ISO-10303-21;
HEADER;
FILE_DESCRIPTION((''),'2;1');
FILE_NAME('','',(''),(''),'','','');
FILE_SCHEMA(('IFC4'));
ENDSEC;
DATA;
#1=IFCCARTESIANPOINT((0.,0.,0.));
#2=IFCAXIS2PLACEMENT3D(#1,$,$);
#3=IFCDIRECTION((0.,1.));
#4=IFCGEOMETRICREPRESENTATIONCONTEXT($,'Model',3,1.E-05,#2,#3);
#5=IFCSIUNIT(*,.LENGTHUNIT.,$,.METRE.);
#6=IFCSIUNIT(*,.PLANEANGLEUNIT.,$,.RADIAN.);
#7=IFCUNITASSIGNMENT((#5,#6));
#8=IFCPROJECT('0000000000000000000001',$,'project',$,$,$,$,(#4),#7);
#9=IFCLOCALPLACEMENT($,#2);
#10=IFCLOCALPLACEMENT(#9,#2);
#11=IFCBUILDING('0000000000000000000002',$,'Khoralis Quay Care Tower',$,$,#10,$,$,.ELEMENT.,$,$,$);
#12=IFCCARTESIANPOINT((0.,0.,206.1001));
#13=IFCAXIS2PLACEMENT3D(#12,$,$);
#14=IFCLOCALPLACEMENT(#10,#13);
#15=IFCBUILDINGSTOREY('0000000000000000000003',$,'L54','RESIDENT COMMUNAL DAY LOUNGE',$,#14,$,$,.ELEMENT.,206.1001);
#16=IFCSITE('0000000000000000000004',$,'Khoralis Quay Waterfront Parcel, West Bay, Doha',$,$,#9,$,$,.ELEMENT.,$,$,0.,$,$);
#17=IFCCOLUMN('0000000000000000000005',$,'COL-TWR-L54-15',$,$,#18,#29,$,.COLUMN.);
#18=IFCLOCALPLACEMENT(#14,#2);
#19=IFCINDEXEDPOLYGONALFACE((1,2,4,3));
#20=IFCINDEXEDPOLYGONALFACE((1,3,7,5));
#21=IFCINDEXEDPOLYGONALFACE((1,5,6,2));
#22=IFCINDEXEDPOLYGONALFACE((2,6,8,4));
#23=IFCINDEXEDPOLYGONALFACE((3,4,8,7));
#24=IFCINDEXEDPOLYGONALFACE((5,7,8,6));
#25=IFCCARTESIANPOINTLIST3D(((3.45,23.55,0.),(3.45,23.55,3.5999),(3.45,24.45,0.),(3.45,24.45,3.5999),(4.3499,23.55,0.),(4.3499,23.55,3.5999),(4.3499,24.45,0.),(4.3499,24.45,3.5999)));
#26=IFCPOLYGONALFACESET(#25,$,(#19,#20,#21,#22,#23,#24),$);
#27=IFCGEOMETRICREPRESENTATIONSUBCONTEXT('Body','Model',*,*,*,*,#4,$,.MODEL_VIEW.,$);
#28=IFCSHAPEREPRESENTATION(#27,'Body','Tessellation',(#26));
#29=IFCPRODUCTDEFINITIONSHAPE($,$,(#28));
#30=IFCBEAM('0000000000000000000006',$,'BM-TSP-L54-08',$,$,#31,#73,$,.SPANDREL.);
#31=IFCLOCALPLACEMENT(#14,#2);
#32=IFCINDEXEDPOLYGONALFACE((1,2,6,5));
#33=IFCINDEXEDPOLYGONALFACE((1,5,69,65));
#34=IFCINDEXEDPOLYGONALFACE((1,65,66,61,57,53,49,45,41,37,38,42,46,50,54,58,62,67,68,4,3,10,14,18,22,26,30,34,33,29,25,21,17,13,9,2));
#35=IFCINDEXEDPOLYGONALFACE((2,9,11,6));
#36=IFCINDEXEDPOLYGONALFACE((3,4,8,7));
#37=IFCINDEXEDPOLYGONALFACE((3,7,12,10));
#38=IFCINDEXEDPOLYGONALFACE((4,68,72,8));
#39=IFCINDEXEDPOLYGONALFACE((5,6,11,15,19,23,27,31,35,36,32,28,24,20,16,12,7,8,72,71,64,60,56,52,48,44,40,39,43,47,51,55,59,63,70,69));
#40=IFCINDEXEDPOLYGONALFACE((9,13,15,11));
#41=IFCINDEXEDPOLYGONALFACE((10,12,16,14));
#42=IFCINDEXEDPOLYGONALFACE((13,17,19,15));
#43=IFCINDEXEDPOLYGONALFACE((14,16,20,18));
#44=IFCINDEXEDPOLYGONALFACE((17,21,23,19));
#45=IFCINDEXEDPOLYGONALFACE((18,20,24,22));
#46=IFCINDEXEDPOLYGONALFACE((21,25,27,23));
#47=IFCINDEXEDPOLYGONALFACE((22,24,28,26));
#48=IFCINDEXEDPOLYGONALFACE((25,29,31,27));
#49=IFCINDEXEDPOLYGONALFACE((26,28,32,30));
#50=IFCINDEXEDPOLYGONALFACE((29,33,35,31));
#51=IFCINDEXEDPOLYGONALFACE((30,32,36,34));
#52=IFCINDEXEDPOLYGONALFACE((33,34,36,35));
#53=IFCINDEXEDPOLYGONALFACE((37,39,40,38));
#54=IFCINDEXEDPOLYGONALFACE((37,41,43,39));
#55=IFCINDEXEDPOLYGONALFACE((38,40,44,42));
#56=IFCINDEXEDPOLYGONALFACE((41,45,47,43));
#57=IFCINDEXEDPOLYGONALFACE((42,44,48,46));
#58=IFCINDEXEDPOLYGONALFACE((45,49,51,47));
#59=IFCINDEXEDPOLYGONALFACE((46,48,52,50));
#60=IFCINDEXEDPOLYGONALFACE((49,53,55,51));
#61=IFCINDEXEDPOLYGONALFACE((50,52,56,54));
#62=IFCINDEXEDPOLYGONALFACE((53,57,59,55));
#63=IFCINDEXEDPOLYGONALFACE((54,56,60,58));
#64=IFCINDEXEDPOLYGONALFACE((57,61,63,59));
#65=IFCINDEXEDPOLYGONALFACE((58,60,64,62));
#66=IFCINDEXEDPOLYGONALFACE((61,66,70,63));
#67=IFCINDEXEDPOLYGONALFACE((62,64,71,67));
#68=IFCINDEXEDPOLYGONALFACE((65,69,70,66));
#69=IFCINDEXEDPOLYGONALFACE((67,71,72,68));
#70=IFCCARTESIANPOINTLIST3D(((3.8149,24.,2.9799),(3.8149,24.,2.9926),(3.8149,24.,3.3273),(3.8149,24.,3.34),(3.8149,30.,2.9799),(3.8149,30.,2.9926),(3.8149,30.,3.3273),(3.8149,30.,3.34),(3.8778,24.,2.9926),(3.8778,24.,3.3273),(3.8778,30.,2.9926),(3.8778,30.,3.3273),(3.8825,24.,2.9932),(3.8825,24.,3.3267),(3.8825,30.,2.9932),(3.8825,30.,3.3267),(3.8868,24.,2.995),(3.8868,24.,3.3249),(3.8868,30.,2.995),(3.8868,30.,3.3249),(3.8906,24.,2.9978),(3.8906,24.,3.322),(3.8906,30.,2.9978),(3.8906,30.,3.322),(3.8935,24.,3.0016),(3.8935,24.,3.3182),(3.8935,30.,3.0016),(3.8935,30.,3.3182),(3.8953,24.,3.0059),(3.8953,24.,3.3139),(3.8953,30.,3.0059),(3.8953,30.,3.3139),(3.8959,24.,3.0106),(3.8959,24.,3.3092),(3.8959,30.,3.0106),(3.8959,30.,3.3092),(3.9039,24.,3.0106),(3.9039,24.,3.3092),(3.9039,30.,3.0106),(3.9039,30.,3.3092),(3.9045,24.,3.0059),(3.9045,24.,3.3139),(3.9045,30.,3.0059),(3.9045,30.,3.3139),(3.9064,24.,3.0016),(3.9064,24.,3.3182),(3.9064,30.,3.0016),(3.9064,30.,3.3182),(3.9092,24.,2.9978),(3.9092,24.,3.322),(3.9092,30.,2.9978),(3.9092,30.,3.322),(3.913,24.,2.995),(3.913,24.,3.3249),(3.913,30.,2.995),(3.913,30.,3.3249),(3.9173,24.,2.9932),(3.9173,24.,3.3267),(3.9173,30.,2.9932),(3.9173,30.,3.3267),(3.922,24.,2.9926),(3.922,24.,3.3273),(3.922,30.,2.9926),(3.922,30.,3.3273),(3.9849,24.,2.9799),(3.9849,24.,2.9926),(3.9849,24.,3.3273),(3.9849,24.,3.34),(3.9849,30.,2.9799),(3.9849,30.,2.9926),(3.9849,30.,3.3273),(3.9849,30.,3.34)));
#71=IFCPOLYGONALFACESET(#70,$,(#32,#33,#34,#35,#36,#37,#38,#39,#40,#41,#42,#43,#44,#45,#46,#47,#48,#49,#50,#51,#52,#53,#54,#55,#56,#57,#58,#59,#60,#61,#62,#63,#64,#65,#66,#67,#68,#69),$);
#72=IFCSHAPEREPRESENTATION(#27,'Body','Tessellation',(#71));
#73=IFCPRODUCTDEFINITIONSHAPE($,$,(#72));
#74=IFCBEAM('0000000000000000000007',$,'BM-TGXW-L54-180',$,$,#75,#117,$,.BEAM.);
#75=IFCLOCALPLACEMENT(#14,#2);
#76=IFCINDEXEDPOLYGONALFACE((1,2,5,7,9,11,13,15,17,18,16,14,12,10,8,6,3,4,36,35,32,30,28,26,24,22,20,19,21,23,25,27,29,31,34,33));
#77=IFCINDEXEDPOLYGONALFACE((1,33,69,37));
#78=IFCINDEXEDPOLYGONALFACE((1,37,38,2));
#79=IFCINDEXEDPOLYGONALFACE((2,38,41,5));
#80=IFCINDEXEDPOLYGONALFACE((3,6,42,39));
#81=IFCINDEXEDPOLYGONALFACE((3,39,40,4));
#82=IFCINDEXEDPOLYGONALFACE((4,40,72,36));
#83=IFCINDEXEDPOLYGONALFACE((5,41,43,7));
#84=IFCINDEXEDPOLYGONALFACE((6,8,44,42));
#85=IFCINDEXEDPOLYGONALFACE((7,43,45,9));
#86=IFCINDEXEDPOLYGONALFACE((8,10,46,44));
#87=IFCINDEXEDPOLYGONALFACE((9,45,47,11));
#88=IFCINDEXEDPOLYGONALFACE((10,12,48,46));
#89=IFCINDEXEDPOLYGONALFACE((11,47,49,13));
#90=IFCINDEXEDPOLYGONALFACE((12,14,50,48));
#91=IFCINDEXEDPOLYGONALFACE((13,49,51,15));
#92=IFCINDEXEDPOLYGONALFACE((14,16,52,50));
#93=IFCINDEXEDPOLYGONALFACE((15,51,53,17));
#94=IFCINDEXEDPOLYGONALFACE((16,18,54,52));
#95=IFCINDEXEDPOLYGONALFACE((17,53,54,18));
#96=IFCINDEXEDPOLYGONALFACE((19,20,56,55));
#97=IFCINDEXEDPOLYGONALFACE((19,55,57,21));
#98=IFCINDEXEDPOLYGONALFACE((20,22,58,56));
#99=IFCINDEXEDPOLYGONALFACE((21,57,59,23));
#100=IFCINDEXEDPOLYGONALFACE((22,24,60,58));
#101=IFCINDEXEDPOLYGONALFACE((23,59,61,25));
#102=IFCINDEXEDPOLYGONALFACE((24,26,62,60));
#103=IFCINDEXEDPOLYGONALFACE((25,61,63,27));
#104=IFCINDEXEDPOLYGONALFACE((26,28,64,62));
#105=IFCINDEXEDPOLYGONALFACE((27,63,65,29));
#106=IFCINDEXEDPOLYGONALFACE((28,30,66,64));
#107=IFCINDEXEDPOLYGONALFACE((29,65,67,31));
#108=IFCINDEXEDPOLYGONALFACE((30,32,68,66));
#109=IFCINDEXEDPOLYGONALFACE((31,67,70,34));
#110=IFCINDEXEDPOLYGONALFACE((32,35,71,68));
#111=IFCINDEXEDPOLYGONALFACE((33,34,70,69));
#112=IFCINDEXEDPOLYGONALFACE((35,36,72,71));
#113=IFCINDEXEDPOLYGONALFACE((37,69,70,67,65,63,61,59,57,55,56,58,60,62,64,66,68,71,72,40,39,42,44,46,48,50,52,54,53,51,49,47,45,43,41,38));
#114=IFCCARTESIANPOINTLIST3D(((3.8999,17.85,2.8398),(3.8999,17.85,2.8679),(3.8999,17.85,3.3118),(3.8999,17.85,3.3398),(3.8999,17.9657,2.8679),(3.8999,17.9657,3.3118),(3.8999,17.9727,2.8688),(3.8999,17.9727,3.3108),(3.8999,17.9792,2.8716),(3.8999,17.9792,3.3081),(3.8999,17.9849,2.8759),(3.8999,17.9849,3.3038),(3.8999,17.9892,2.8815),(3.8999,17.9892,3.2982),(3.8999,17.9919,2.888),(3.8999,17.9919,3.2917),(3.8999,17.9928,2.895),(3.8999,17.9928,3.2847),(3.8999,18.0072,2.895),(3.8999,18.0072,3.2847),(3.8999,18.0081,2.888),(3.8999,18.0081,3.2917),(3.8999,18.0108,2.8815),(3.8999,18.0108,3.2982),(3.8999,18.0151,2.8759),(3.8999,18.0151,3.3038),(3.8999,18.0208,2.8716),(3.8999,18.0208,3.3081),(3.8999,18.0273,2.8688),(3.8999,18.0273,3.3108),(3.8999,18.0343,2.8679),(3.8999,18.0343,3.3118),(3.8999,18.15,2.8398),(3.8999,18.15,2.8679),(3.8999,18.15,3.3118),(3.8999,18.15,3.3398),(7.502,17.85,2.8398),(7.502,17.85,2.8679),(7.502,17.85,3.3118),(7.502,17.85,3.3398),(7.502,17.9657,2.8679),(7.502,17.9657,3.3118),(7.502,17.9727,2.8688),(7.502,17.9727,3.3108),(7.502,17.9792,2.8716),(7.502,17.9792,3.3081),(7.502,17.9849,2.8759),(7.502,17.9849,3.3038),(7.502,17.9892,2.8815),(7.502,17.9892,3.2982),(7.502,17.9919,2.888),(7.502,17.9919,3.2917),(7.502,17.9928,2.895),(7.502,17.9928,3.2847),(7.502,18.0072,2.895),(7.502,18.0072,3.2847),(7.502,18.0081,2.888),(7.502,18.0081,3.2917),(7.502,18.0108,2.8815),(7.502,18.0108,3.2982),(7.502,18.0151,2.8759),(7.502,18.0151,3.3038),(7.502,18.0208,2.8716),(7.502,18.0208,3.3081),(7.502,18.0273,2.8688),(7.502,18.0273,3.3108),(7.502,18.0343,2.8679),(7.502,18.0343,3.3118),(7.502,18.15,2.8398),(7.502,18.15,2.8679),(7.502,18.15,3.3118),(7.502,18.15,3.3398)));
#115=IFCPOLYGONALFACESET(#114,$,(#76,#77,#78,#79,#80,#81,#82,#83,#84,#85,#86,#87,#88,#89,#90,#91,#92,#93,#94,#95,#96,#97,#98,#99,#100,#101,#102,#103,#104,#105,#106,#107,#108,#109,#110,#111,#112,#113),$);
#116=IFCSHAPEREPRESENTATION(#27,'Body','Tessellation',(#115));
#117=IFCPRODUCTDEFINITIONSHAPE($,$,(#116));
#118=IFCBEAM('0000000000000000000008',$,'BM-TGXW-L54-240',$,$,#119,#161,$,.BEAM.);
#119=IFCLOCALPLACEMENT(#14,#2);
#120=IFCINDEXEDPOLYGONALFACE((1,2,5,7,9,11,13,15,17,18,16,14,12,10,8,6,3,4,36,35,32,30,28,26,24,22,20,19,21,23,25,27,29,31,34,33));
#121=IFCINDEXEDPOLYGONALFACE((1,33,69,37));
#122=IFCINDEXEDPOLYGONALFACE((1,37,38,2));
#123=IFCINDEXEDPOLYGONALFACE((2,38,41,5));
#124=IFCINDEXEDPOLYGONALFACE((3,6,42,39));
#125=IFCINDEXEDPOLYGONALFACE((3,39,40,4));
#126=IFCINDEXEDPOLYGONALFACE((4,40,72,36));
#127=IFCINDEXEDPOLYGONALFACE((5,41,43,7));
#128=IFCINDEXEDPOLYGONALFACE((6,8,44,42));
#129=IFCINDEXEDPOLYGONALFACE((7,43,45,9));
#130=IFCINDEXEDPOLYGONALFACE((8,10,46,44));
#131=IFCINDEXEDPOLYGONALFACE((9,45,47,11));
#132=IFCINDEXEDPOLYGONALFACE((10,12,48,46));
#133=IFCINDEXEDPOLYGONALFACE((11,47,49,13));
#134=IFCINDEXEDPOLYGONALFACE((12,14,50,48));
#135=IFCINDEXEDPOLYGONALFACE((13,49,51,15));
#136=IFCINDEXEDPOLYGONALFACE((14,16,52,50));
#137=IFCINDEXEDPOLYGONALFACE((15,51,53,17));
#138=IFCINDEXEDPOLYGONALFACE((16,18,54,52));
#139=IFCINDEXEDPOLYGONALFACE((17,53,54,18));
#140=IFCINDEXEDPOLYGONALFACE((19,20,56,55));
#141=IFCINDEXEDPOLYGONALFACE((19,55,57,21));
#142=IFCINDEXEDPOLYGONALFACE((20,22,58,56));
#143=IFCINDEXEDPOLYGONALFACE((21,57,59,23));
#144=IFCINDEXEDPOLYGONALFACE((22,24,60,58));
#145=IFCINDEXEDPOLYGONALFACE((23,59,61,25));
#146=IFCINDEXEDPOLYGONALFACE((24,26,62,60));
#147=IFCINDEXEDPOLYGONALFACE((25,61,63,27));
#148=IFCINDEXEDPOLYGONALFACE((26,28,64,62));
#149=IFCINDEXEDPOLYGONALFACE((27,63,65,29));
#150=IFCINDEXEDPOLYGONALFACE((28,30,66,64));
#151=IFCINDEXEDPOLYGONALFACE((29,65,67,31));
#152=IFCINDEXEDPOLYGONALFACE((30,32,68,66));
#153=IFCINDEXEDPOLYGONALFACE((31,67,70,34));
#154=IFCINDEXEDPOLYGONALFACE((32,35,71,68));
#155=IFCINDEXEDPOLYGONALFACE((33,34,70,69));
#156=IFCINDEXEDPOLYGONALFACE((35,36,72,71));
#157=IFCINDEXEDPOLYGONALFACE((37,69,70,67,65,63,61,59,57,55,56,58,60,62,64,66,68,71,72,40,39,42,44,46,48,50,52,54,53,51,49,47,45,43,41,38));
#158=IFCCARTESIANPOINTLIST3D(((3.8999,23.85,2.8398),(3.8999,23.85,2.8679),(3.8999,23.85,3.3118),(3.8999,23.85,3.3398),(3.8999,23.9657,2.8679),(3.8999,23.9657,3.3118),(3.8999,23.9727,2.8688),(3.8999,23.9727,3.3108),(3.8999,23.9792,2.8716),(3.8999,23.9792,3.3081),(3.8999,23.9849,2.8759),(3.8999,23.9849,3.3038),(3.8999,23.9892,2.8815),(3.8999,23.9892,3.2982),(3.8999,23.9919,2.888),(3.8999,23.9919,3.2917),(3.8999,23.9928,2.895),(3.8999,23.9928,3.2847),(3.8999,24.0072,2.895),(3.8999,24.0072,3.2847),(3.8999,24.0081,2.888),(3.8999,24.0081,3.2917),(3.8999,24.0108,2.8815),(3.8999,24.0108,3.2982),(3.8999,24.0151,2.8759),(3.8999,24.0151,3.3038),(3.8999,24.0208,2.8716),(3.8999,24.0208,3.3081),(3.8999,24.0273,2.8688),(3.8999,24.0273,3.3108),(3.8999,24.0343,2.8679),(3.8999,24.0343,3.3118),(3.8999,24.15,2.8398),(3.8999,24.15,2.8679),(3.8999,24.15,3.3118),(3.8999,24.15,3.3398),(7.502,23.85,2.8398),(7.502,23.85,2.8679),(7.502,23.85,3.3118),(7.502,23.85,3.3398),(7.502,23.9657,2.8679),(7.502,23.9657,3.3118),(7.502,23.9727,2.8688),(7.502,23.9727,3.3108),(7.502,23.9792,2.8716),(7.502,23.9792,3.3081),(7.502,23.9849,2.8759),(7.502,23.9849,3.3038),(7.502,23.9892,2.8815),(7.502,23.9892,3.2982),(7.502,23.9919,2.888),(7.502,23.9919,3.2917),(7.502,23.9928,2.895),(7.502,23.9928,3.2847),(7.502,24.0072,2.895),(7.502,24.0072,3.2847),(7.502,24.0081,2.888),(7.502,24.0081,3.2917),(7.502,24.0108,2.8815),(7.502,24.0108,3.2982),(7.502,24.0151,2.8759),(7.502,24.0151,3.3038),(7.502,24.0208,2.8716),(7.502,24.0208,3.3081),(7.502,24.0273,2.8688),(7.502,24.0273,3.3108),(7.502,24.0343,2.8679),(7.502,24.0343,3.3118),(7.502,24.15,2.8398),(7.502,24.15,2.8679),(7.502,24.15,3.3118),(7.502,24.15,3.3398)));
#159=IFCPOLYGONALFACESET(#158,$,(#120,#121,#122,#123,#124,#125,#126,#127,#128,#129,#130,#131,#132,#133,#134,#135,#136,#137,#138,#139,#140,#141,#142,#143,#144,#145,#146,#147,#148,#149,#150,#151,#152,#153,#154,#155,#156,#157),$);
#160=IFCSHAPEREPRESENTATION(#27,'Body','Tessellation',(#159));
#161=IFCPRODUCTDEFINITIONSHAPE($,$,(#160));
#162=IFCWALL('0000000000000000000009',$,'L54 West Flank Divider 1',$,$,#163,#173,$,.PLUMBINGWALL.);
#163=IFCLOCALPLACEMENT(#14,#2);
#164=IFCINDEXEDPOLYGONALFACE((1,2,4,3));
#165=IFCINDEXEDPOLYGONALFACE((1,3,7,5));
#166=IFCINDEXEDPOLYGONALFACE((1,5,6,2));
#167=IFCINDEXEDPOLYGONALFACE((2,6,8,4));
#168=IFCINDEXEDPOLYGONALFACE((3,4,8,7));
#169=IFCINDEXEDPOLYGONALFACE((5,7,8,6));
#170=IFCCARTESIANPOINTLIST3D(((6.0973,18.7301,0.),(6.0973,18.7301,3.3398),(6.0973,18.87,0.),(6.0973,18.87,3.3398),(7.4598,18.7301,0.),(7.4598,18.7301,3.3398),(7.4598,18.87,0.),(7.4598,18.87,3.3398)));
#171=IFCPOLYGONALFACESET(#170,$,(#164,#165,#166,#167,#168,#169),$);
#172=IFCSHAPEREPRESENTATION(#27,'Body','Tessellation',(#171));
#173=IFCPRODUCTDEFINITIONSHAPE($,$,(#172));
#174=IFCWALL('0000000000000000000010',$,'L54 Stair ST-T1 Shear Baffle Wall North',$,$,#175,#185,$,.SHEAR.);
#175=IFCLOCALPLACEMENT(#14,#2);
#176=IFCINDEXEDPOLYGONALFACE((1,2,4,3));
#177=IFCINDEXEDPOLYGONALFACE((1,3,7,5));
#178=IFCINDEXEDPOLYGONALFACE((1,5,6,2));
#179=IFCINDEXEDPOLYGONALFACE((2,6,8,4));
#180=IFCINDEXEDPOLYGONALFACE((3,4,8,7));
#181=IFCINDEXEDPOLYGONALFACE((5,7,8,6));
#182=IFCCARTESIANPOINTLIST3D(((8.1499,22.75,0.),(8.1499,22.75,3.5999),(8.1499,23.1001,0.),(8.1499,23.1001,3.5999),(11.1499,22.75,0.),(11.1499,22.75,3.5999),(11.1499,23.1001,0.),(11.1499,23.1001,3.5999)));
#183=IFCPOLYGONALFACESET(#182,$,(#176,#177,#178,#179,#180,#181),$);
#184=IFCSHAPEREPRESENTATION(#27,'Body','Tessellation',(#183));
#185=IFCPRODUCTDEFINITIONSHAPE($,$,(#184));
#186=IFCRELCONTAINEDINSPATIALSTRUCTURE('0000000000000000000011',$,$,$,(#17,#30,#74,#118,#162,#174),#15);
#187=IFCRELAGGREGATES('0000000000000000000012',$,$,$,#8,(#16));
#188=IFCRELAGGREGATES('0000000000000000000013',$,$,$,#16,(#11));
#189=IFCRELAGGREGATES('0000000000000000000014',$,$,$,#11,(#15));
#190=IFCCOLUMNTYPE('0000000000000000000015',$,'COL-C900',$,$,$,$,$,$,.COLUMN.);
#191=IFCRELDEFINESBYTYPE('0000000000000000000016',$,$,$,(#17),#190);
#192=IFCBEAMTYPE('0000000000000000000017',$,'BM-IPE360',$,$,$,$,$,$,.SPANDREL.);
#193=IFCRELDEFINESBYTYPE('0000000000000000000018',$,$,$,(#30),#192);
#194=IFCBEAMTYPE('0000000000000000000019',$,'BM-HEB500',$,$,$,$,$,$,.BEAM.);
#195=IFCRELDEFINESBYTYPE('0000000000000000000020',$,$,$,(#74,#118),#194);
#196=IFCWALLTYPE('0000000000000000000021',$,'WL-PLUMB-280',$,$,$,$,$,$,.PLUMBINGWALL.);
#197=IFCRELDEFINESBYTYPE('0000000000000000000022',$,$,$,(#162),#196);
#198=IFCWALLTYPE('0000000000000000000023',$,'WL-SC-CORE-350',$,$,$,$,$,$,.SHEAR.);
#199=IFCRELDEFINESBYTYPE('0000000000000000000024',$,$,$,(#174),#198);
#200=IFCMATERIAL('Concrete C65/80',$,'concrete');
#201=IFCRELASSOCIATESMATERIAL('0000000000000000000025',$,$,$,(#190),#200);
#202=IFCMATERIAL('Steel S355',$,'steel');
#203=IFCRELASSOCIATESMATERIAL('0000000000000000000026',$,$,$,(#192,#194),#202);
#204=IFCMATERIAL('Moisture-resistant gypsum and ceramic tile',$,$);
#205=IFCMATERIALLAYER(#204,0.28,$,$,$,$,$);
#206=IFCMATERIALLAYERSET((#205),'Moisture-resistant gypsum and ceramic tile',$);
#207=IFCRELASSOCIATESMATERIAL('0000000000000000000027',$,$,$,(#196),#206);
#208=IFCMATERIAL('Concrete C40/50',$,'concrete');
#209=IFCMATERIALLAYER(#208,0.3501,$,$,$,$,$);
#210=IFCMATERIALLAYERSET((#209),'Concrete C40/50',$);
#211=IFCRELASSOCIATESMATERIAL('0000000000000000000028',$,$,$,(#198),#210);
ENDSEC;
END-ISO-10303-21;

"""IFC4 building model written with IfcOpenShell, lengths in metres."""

from ifc_helpers import new_model, si_unit, direction, frame, frame_2d, origin, origin_2d, place, context, subcontext, project, spatial, rectangle, i_section, extrude, source, transform, mapped, material, layer, layer_set, material_profile, profile_set, type_object, element, save


model = new_model("IFC4")

# Units and contexts
model_context = context("Model", 3, precision=1e-05, world=origin(), true_north=direction((0.0, 1.0)))
body_context = subcontext(model_context, "Body", "Model", "MODEL_VIEW")
ifc_project = project(units=[si_unit("LENGTHUNIT", "METRE"), si_unit("PLANEANGLEUNIT", "RADIAN")], contexts=[model_context])

# Site, building, storey
site_placement = place(None, origin())
site = spatial("IfcSite", under=ifc_project, at=site_placement, Name="Khoralis Quay Waterfront Parcel, West Bay, Doha", CompositionType="ELEMENT", RefElevation=0.0)
building_placement = place(site_placement, origin())
building = spatial("IfcBuilding", under=site, at=building_placement, Name="Khoralis Quay Care Tower", CompositionType="ELEMENT")
storey_placement = place(building_placement, frame((0.0, 0.0, 206.1001)))
storey = spatial("IfcBuildingStorey", under=building, at=storey_placement, Name="L54", Description="RESIDENT COMMUNAL DAY LOUNGE", CompositionType="ELEMENT", Elevation=206.1001)

# Column
ifc_material_1 = material(Name="Concrete C65/80", Category="concrete")
ifc_material_profile_1 = material_profile(ifc_material_1, rectangle(XDim=0.8999, YDim=0.8999, at=origin_2d()), Name="Concrete C65/80")
ifc_profile_set_1 = profile_set([ifc_material_profile_1], Name="Concrete C65/80")
column_type = type_object("IfcColumnType", Name="COL-C900", PredefinedType="COLUMN", material=ifc_profile_set_1)
shared_shape_1 = source(origin(), body_context, "Body", "SweptSolid", [
    extrude(rectangle(XDim=0.8999, YDim=0.8999, at=origin_2d()), origin(), (0.0, 0.0, 1.0), 3.5999),
])
column_placement = place(storey_placement, frame((3.8999, 24.0, 0.0), z_axis=(0.0, 0.0, 1.0), x_axis=(1.0, 0.0, 0.0)))
element("IfcColumn", 1, at=column_placement, inside=storey, type_object=column_type, Name="COL-TWR-L54-15", PredefinedType="COLUMN", context=body_context, shape_type="MappedRepresentation", body=[
    mapped(shared_shape_1, transform((0.0, 0.0, 0.0), scale=1.0)),
])

# Beams
ifc_material_2 = material(Name="Steel S355", Category="steel")
ifc_material_profile_2 = material_profile(ifc_material_2, i_section(OverallWidth=0.1699, OverallDepth=0.3601, WebThickness=0.0081, FlangeThickness=0.0127, FilletRadius=0.0181, at=origin_2d()), Name="Steel S355")
ifc_profile_set_2 = profile_set([ifc_material_profile_2], Name="Steel S355")
beam_type_1 = type_object("IfcBeamType", Name="BM-IPE360", PredefinedType="SPANDREL", material=ifc_profile_set_2)
shared_shape_2 = source(origin(), body_context, "Body", "SweptSolid", [
    extrude(i_section(OverallWidth=0.1699, OverallDepth=0.3601, WebThickness=0.0081, FlangeThickness=0.0127, FilletRadius=0.0181, at=origin_2d()), origin(), (0.0, 0.0, 1.0), 6.0),
])
beam_placement = place(storey_placement, frame((3.8999, 24.0, 3.1599), z_axis=(0.0, 1.0, 0.0), x_axis=(-1.0, 0.0, 0.0)))
element("IfcBeam", 2, at=beam_placement, inside=storey, type_object=beam_type_1, Name="BM-TSP-L54-08", PredefinedType="SPANDREL", context=body_context, shape_type="MappedRepresentation", body=[
    mapped(shared_shape_2, transform((0.0, 0.0, 0.0), scale=1.0)),
])
ifc_material_profile_3 = material_profile(ifc_material_2, i_section(OverallWidth=0.3, OverallDepth=0.5, WebThickness=0.0144, FlangeThickness=0.0281, FilletRadius=0.0271, at=origin_2d()), Name="Steel S355")
ifc_profile_set_3 = profile_set([ifc_material_profile_3], Name="Steel S355")
beam_type_2 = type_object("IfcBeamType", Name="BM-HEB500", PredefinedType="BEAM", material=ifc_profile_set_3)
shared_shape_3 = source(origin(), body_context, "Body", "SweptSolid", [
    extrude(i_section(OverallWidth=0.3, OverallDepth=0.5, WebThickness=0.0144, FlangeThickness=0.0281, FilletRadius=0.0271, at=origin_2d()), origin(), (0.0, 0.0, 1.0), 3.6021),
])
for number, where, z_axis, x_axis, name in (
    (3, (3.8999, 18.0, 3.0898), (1.0, 0.0, 0.0), (0.0, 1.0, 0.0), "BM-TGXW-L54-180"),
    (4, (3.8999, 24.0, 3.0898), (1.0, 0.0, 0.0), (0.0, 1.0, 0.0), "BM-TGXW-L54-240"),
):
    element("IfcBeam", number, at=place(storey_placement, frame(where, z_axis=z_axis, x_axis=x_axis)), inside=storey, type_object=beam_type_2, Name=name, PredefinedType="BEAM", context=body_context, shape_type="MappedRepresentation", body=[
        mapped(shared_shape_3, transform((0.0, 0.0, 0.0), scale=1.0)),
    ])

# Walls
ifc_material_3 = material(Name="Moisture-resistant gypsum and ceramic tile")
ifc_layer_1 = layer(ifc_material_3, 0.28)
ifc_layer_set_1 = layer_set([ifc_layer_1], Name="Moisture-resistant gypsum and ceramic tile")
wall_type_1 = type_object("IfcWallType", Name="WL-PLUMB-280", PredefinedType="PLUMBINGWALL", material=ifc_layer_set_1)
wall_1_placement = place(storey_placement, frame((6.0974, 18.8, 0.0), z_axis=(0.0, 0.0, 1.0), x_axis=(1.0, 0.0, 0.0)))
element("IfcWall", 5, at=wall_1_placement, inside=storey, type_object=wall_type_1, Name="L54 West Flank Divider 1", PredefinedType="PLUMBINGWALL", context=body_context, shape_type="SweptSolid", body=[
    extrude(rectangle(XDim=1.3625, YDim=0.1399, at=frame_2d((0.6812, 0.0))), origin(), (0.0, 0.0, 1.0), 3.3398),
])
ifc_material_4 = material(Name="Concrete C40/50", Category="concrete")
ifc_layer_2 = layer(ifc_material_4, 0.3501)
ifc_layer_set_2 = layer_set([ifc_layer_2], Name="Concrete C40/50")
wall_type_2 = type_object("IfcWallType", Name="WL-SC-CORE-350", PredefinedType="SHEAR", material=ifc_layer_set_2)
wall_2_placement = place(storey_placement, frame((8.1499, 22.925, 0.0), z_axis=(0.0, 0.0, 1.0), x_axis=(1.0, 0.0, 0.0)))
element("IfcWall", 6, at=wall_2_placement, inside=storey, type_object=wall_type_2, Name="L54 Stair ST-T1 Shear Baffle Wall North", PredefinedType="SHEAR", context=body_context, shape_type="SweptSolid", body=[
    extrude(rectangle(XDim=3.0, YDim=0.3501, at=frame_2d((1.5, 0.0))), origin(), (0.0, 0.0, 1.0), 3.5999),
])

save(model, "model.ifc")
